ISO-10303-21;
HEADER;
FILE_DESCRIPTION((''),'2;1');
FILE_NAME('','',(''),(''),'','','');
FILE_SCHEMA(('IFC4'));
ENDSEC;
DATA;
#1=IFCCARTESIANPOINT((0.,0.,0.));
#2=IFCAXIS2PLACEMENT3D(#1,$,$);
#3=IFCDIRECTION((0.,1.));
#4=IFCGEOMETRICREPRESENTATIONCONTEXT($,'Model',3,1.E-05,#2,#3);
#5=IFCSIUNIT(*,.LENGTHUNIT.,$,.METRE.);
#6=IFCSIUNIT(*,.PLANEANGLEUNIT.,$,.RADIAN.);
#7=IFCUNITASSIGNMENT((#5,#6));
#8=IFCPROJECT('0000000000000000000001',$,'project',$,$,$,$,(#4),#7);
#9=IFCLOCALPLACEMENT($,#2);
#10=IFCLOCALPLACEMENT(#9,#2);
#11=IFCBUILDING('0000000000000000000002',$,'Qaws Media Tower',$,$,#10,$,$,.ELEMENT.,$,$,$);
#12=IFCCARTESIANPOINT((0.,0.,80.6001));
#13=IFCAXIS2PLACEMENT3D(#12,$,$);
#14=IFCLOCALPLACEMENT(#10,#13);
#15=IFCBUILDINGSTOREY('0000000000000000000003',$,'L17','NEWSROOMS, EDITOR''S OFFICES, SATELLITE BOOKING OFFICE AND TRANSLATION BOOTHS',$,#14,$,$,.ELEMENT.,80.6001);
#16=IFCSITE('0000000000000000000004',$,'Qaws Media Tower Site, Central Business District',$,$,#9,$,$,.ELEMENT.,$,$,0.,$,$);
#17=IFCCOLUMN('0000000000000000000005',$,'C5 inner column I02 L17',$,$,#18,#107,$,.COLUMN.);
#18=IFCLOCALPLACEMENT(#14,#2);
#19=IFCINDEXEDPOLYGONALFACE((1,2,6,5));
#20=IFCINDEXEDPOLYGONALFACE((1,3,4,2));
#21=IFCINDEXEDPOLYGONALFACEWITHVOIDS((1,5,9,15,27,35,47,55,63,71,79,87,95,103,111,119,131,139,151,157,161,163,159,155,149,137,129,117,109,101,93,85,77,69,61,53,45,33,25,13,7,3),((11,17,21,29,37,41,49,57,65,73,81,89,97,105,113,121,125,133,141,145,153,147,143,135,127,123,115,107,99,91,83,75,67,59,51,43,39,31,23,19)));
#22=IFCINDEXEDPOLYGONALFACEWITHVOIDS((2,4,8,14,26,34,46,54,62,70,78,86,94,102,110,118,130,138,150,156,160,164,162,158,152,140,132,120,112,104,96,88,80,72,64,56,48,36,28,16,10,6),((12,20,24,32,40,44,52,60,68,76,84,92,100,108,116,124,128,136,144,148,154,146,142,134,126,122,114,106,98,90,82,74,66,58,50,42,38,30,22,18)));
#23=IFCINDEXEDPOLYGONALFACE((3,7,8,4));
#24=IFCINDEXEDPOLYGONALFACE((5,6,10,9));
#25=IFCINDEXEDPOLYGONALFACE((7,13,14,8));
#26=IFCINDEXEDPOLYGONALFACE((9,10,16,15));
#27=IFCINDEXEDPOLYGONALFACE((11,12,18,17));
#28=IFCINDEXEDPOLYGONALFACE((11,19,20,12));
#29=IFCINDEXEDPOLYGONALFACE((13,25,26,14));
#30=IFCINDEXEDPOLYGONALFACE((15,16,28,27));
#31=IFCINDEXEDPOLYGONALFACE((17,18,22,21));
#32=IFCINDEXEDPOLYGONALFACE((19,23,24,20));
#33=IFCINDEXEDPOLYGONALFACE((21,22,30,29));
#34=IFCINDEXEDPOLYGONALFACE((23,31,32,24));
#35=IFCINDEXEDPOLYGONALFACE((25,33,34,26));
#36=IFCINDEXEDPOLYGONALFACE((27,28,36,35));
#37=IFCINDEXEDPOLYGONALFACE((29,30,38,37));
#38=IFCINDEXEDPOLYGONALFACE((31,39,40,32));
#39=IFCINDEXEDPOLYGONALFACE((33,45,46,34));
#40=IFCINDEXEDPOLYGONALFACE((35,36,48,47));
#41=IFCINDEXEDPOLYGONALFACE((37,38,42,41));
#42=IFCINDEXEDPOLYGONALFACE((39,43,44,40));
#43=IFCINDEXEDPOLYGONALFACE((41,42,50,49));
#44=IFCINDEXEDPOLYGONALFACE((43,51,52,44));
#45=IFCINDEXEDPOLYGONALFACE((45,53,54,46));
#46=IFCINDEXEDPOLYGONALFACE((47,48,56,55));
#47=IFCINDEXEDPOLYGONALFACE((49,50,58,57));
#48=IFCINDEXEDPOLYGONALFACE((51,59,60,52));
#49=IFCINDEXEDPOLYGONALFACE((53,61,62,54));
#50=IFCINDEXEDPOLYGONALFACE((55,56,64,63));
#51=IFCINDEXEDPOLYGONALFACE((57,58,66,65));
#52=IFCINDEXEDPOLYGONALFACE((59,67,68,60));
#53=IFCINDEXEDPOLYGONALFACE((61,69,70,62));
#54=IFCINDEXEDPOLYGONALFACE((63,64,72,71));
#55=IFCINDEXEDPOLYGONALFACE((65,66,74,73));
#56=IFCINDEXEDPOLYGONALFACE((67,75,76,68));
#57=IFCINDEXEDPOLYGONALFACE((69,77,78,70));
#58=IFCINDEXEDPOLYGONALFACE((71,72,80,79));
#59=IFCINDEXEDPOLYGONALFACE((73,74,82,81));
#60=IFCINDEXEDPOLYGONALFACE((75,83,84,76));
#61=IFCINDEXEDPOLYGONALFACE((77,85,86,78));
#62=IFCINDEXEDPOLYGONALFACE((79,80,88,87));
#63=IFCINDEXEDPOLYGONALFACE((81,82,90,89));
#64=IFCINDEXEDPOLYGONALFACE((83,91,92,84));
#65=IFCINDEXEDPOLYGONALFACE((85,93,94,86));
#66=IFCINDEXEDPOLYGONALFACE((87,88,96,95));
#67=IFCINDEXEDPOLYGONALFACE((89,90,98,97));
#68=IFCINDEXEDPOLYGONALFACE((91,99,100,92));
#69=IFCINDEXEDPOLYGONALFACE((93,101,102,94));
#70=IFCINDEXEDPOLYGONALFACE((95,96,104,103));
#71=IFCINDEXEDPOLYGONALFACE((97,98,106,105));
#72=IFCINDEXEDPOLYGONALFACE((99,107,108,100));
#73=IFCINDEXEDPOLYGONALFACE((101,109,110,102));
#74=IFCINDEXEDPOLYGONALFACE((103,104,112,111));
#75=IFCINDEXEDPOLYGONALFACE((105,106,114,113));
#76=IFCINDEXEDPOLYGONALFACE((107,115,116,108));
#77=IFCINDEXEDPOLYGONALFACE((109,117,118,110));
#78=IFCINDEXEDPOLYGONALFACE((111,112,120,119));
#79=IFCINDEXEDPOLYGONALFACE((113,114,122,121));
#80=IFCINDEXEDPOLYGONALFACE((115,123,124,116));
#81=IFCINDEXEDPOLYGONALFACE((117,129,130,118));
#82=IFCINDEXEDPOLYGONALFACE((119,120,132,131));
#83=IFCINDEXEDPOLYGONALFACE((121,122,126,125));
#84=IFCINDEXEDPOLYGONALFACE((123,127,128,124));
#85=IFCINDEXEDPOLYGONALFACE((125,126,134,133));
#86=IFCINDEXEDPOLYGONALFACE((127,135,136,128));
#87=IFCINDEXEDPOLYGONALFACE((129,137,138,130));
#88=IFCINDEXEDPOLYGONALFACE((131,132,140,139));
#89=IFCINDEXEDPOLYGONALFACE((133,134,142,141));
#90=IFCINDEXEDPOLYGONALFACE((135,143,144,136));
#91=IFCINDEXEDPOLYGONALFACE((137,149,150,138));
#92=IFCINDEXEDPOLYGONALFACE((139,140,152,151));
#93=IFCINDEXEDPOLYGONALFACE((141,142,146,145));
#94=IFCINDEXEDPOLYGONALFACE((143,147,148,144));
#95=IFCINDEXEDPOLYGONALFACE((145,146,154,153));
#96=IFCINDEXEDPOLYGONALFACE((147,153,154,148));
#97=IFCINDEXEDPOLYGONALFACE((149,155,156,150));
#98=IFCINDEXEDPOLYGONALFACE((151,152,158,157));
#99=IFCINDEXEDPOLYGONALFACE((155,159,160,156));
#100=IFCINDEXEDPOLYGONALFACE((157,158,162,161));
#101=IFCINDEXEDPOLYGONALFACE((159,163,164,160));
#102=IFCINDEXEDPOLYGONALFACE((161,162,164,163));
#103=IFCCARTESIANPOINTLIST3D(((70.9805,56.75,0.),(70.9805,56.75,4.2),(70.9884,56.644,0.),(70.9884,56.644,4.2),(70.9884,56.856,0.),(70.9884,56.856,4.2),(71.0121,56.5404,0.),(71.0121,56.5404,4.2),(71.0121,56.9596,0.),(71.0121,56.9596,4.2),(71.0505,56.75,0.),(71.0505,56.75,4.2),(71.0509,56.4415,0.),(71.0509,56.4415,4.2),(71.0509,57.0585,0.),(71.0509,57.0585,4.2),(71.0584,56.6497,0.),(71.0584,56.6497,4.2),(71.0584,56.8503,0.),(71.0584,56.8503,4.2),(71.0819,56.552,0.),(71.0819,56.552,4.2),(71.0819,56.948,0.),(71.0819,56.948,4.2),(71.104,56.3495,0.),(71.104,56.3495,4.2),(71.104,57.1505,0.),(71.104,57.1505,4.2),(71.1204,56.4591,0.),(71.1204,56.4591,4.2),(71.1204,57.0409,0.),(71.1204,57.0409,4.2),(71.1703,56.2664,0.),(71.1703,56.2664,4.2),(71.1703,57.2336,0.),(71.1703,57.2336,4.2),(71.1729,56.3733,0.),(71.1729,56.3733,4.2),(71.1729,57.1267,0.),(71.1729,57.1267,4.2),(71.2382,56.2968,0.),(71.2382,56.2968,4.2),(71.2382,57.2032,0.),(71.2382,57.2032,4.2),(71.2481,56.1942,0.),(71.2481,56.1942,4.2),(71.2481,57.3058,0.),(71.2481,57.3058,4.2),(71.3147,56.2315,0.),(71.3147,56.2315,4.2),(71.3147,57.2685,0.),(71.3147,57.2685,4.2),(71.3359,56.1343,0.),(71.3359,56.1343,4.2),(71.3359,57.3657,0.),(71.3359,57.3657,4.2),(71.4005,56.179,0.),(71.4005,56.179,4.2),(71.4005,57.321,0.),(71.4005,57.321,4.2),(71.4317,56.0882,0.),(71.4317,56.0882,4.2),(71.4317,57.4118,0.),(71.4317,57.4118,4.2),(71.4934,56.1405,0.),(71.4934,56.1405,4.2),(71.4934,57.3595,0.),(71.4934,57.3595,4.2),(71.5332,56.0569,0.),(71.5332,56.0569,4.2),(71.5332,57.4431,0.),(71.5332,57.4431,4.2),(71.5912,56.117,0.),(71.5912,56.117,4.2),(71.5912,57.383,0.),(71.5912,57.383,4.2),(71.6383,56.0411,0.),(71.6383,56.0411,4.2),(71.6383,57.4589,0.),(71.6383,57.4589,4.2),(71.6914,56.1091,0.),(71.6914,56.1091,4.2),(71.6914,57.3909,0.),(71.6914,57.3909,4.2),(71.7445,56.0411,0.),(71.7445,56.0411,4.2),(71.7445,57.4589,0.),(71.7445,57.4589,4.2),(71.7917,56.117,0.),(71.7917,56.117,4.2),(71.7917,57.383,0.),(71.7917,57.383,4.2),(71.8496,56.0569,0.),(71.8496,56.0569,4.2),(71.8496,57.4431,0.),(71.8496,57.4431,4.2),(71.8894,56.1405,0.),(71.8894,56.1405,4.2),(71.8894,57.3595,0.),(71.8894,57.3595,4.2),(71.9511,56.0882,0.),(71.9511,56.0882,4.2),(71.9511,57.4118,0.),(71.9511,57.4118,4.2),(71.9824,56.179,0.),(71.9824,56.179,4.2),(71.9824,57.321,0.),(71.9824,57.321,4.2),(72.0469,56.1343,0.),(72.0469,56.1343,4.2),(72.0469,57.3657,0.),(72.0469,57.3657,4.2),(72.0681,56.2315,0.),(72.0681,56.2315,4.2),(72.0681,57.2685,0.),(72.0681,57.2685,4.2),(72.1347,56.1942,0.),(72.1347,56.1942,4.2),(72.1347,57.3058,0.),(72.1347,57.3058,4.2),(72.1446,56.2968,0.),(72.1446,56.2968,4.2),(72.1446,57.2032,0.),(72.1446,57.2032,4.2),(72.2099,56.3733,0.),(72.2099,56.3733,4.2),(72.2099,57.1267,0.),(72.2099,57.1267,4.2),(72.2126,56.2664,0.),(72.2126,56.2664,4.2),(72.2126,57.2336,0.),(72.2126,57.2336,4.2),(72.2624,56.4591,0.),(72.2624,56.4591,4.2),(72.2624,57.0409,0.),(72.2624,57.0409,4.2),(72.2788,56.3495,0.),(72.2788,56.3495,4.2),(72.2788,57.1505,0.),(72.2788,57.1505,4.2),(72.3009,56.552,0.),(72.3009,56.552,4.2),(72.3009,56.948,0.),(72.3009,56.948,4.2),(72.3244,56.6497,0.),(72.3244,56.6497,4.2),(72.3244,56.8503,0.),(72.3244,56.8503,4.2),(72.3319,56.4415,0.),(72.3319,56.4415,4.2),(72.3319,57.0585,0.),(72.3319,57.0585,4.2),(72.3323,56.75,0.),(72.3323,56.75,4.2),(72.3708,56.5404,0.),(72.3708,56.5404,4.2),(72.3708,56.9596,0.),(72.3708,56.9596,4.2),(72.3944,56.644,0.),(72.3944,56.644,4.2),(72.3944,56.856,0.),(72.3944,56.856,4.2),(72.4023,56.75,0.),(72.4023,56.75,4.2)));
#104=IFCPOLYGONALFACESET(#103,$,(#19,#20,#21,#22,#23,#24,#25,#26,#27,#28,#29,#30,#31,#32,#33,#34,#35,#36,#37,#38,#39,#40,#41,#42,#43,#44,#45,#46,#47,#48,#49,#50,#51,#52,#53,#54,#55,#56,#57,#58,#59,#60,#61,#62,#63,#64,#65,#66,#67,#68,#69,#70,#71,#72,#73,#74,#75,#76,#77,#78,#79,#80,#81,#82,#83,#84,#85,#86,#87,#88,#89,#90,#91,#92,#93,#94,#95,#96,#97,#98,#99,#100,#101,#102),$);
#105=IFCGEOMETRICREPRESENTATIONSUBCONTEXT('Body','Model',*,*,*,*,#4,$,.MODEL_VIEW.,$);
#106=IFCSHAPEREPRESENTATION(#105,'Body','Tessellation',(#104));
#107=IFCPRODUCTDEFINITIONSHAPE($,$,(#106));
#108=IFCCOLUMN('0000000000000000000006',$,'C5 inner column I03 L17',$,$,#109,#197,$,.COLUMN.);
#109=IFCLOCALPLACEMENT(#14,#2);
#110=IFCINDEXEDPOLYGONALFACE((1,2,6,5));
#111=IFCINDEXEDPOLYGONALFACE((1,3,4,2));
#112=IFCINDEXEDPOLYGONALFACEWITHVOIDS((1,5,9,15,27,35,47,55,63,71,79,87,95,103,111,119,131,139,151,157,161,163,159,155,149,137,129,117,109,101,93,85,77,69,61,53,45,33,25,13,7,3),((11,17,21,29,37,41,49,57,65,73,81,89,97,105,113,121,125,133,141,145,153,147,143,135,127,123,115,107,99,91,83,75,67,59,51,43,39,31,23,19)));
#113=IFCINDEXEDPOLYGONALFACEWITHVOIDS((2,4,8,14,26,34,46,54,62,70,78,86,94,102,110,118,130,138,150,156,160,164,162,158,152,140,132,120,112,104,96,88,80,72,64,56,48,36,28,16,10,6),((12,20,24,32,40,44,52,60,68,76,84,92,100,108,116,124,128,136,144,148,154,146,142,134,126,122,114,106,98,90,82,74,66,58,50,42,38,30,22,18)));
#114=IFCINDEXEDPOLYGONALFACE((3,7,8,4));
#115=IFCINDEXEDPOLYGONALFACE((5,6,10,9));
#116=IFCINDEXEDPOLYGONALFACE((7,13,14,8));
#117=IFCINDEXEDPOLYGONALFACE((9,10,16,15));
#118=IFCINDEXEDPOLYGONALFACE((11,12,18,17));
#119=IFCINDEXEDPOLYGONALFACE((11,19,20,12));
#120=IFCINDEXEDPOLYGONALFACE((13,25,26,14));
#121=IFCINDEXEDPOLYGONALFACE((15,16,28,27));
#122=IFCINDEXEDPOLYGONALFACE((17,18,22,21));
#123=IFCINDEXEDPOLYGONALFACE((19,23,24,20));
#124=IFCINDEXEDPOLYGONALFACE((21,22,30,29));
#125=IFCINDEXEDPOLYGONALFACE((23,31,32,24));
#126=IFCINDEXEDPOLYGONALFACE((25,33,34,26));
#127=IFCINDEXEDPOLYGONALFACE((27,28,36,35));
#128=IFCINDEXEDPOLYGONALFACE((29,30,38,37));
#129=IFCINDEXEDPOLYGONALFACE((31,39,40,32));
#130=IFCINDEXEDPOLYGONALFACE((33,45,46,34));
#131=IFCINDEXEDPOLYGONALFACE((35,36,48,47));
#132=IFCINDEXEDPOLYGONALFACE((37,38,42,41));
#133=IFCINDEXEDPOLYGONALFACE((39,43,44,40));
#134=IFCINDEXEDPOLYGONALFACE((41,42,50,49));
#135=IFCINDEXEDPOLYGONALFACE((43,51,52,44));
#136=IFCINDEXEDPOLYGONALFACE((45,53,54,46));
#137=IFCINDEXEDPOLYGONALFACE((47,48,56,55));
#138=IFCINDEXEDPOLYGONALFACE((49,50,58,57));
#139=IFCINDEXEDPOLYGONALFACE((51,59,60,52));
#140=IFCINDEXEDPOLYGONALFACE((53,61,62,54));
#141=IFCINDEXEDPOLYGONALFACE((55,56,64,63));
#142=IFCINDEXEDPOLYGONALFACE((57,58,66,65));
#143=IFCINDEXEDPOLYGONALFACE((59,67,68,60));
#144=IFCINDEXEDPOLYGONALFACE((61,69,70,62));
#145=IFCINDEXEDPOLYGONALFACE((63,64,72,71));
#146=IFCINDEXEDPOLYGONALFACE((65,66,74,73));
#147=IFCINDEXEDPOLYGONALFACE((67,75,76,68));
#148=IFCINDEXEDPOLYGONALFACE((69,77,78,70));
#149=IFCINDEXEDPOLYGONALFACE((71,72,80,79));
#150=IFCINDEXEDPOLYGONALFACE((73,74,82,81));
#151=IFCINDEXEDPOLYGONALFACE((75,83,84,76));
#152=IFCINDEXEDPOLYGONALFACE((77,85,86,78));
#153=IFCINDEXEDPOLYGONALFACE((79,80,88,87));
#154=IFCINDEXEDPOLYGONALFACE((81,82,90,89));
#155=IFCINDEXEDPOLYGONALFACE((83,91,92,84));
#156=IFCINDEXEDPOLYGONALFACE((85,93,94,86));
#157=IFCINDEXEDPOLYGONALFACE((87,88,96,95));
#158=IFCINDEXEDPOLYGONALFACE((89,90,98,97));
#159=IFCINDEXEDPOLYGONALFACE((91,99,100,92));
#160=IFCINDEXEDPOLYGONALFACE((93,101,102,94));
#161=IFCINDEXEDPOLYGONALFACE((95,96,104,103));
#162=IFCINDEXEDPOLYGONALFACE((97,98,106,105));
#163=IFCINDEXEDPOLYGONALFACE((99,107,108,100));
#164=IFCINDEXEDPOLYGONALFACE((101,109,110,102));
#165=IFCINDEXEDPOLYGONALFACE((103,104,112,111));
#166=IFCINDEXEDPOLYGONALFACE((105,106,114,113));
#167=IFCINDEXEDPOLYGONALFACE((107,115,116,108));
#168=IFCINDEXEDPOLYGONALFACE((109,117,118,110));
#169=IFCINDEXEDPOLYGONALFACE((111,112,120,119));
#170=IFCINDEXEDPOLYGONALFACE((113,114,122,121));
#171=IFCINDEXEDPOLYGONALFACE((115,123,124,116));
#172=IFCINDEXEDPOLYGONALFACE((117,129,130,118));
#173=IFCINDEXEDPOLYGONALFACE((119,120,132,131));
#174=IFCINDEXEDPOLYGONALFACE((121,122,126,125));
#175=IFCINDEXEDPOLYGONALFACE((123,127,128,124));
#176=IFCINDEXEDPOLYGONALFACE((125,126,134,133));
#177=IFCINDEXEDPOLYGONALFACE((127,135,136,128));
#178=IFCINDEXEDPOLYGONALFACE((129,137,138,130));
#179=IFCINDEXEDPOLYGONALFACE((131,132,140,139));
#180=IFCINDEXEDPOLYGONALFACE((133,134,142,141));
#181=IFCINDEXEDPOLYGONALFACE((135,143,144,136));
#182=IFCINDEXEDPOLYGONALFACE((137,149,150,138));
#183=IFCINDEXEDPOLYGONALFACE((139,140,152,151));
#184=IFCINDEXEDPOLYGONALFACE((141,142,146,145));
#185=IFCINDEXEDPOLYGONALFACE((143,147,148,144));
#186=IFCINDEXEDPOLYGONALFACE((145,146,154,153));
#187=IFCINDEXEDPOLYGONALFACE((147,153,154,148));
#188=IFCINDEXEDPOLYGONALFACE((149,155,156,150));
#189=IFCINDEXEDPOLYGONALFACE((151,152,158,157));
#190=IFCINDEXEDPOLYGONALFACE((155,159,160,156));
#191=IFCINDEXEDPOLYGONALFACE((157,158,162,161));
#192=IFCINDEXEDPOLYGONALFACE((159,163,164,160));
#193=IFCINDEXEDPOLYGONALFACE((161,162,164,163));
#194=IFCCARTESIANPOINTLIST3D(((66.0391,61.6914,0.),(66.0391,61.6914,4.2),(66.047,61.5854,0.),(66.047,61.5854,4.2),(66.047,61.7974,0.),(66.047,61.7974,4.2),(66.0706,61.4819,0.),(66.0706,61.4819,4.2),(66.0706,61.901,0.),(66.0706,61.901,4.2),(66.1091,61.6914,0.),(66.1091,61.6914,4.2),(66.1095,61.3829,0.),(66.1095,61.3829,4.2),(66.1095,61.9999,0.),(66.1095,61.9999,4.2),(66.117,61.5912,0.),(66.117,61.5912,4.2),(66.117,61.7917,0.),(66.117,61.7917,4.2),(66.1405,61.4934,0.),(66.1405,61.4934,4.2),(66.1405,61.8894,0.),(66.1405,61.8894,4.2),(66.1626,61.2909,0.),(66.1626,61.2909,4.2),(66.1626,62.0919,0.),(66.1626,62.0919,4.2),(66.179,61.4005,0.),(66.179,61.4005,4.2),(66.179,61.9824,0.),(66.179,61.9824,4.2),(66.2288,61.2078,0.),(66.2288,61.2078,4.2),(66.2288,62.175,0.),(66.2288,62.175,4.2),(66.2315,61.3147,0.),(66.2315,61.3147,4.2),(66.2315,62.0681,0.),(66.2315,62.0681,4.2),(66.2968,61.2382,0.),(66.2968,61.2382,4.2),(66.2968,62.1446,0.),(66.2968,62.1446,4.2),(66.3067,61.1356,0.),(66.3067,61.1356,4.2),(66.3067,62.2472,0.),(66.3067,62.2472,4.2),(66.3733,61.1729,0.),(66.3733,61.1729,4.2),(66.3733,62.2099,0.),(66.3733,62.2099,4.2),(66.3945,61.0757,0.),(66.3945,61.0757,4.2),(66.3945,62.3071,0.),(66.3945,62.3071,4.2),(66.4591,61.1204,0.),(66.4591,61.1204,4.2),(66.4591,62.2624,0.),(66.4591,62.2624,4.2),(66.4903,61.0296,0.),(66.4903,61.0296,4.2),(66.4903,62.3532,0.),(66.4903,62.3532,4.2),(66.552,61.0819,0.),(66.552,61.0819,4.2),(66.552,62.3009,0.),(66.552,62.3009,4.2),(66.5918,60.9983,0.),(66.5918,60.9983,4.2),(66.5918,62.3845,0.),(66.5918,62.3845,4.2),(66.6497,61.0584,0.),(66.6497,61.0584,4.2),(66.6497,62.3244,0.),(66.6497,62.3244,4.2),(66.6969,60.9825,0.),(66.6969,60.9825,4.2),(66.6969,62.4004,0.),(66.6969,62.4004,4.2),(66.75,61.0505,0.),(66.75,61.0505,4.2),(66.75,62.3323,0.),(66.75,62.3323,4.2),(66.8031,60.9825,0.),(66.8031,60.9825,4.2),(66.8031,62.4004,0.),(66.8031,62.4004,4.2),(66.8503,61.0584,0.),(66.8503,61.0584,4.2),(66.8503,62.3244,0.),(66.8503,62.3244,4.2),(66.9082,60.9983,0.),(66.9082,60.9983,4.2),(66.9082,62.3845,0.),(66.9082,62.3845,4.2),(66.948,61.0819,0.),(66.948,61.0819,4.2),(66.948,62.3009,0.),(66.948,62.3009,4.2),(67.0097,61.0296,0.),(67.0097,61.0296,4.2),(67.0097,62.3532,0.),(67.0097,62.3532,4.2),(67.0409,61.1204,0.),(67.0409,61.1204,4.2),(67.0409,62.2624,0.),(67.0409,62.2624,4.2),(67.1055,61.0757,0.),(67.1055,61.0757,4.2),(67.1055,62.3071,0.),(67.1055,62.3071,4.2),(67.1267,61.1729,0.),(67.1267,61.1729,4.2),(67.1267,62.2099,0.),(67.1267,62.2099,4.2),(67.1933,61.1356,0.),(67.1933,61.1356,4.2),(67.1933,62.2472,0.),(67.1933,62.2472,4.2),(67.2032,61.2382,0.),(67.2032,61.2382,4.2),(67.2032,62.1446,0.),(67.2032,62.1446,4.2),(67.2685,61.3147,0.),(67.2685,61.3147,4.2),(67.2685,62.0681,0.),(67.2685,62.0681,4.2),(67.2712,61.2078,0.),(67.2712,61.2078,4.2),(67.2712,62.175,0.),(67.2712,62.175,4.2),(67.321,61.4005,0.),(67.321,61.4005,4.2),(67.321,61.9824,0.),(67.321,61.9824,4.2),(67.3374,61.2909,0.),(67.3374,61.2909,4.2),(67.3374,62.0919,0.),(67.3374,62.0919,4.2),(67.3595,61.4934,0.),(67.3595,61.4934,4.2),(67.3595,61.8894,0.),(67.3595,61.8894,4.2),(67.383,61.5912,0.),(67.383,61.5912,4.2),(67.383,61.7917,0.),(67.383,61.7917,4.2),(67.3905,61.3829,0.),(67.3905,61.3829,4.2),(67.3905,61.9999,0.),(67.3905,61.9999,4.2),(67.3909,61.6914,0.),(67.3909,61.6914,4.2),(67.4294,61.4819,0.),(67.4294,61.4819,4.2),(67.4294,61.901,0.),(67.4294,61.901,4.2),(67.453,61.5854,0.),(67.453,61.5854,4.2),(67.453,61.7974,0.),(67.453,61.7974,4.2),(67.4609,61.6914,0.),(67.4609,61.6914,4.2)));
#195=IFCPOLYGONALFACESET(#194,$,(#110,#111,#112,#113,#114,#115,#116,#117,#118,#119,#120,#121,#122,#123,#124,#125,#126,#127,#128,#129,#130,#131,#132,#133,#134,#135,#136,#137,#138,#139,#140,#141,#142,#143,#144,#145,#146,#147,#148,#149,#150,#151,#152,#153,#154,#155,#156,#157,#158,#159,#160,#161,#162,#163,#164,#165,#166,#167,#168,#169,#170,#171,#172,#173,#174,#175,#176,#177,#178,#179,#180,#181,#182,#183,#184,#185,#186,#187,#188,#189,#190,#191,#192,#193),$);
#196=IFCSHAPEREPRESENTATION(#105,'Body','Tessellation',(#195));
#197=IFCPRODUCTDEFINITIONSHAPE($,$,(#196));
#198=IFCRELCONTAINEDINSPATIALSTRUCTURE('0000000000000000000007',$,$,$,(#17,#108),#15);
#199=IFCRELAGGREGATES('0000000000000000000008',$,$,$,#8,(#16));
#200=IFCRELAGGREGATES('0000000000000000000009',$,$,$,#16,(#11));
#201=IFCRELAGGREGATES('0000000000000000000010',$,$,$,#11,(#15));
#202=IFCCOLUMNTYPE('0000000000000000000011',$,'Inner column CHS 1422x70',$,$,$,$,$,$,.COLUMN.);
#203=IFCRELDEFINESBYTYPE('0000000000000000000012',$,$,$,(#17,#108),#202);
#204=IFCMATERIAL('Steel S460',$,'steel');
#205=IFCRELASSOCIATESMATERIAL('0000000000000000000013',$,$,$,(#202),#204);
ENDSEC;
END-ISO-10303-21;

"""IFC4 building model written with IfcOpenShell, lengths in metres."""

from ifc_helpers import new_model, si_unit, direction, frame, origin, origin_2d, place, context, subcontext, project, spatial, hollow_circle, extrude, material, material_profile, profile_set, type_object, element, save


model = new_model("IFC4")

# Units and contexts
model_context = context("Model", 3, precision=1e-05, world=origin(), true_north=direction((0.0, 1.0)))
body_context = subcontext(model_context, "Body", "Model", "MODEL_VIEW")
ifc_project = project(units=[si_unit("LENGTHUNIT", "METRE"), si_unit("PLANEANGLEUNIT", "RADIAN")], contexts=[model_context])

# Site, building, storey
site_placement = place(None, origin())
site = spatial("IfcSite", under=ifc_project, at=site_placement, Name="Qaws Media Tower Site, Central Business District", CompositionType="ELEMENT", RefElevation=0.0)
building_placement = place(site_placement, origin())
building = spatial("IfcBuilding", under=site, at=building_placement, Name="Qaws Media Tower", CompositionType="ELEMENT")
storey_placement = place(building_placement, frame((0.0, 0.0, 80.6001)))
storey = spatial("IfcBuildingStorey", under=building, at=storey_placement, Name="L17", Description="NEWSROOMS, EDITOR'S OFFICES, SATELLITE BOOKING OFFICE AND TRANSLATION BOOTHS", CompositionType="ELEMENT", Elevation=80.6001)

# Columns
ifc_material_1 = material(Name="Steel S460", Category="steel")
ifc_material_profile_1 = material_profile(ifc_material_1, hollow_circle(Radius=0.7109, WallThickness=0.0701, at=origin_2d()), Name="CHS 1422x70")
ifc_profile_set_1 = profile_set([ifc_material_profile_1], Name="Steel S460")
column_type = type_object("IfcColumnType", Name="Inner column CHS 1422x70", PredefinedType="COLUMN", material=ifc_profile_set_1)
for number, where, z_axis, x_axis, name in (
    (1, (71.6914, 56.75, 0.0), (0.0, 0.0, 1.0), (1.0, 0.0, 0.0), "C5 inner column I02 L17"),
    (2, (66.75, 61.6914, 0.0), (0.0, 0.0, 1.0), (1.0, 0.0, 0.0), "C5 inner column I03 L17"),
):
    element("IfcColumn", number, at=place(storey_placement, frame(where, z_axis=z_axis, x_axis=x_axis)), inside=storey, type_object=column_type, Name=name, PredefinedType="COLUMN", context=body_context, shape_type="SweptSolid", body=[
        extrude(hollow_circle(Radius=0.7109, WallThickness=0.0701, at=origin_2d()), origin(), (0.0, 0.0, 1.0), 4.2),
    ])

save(model, "model.ifc")
